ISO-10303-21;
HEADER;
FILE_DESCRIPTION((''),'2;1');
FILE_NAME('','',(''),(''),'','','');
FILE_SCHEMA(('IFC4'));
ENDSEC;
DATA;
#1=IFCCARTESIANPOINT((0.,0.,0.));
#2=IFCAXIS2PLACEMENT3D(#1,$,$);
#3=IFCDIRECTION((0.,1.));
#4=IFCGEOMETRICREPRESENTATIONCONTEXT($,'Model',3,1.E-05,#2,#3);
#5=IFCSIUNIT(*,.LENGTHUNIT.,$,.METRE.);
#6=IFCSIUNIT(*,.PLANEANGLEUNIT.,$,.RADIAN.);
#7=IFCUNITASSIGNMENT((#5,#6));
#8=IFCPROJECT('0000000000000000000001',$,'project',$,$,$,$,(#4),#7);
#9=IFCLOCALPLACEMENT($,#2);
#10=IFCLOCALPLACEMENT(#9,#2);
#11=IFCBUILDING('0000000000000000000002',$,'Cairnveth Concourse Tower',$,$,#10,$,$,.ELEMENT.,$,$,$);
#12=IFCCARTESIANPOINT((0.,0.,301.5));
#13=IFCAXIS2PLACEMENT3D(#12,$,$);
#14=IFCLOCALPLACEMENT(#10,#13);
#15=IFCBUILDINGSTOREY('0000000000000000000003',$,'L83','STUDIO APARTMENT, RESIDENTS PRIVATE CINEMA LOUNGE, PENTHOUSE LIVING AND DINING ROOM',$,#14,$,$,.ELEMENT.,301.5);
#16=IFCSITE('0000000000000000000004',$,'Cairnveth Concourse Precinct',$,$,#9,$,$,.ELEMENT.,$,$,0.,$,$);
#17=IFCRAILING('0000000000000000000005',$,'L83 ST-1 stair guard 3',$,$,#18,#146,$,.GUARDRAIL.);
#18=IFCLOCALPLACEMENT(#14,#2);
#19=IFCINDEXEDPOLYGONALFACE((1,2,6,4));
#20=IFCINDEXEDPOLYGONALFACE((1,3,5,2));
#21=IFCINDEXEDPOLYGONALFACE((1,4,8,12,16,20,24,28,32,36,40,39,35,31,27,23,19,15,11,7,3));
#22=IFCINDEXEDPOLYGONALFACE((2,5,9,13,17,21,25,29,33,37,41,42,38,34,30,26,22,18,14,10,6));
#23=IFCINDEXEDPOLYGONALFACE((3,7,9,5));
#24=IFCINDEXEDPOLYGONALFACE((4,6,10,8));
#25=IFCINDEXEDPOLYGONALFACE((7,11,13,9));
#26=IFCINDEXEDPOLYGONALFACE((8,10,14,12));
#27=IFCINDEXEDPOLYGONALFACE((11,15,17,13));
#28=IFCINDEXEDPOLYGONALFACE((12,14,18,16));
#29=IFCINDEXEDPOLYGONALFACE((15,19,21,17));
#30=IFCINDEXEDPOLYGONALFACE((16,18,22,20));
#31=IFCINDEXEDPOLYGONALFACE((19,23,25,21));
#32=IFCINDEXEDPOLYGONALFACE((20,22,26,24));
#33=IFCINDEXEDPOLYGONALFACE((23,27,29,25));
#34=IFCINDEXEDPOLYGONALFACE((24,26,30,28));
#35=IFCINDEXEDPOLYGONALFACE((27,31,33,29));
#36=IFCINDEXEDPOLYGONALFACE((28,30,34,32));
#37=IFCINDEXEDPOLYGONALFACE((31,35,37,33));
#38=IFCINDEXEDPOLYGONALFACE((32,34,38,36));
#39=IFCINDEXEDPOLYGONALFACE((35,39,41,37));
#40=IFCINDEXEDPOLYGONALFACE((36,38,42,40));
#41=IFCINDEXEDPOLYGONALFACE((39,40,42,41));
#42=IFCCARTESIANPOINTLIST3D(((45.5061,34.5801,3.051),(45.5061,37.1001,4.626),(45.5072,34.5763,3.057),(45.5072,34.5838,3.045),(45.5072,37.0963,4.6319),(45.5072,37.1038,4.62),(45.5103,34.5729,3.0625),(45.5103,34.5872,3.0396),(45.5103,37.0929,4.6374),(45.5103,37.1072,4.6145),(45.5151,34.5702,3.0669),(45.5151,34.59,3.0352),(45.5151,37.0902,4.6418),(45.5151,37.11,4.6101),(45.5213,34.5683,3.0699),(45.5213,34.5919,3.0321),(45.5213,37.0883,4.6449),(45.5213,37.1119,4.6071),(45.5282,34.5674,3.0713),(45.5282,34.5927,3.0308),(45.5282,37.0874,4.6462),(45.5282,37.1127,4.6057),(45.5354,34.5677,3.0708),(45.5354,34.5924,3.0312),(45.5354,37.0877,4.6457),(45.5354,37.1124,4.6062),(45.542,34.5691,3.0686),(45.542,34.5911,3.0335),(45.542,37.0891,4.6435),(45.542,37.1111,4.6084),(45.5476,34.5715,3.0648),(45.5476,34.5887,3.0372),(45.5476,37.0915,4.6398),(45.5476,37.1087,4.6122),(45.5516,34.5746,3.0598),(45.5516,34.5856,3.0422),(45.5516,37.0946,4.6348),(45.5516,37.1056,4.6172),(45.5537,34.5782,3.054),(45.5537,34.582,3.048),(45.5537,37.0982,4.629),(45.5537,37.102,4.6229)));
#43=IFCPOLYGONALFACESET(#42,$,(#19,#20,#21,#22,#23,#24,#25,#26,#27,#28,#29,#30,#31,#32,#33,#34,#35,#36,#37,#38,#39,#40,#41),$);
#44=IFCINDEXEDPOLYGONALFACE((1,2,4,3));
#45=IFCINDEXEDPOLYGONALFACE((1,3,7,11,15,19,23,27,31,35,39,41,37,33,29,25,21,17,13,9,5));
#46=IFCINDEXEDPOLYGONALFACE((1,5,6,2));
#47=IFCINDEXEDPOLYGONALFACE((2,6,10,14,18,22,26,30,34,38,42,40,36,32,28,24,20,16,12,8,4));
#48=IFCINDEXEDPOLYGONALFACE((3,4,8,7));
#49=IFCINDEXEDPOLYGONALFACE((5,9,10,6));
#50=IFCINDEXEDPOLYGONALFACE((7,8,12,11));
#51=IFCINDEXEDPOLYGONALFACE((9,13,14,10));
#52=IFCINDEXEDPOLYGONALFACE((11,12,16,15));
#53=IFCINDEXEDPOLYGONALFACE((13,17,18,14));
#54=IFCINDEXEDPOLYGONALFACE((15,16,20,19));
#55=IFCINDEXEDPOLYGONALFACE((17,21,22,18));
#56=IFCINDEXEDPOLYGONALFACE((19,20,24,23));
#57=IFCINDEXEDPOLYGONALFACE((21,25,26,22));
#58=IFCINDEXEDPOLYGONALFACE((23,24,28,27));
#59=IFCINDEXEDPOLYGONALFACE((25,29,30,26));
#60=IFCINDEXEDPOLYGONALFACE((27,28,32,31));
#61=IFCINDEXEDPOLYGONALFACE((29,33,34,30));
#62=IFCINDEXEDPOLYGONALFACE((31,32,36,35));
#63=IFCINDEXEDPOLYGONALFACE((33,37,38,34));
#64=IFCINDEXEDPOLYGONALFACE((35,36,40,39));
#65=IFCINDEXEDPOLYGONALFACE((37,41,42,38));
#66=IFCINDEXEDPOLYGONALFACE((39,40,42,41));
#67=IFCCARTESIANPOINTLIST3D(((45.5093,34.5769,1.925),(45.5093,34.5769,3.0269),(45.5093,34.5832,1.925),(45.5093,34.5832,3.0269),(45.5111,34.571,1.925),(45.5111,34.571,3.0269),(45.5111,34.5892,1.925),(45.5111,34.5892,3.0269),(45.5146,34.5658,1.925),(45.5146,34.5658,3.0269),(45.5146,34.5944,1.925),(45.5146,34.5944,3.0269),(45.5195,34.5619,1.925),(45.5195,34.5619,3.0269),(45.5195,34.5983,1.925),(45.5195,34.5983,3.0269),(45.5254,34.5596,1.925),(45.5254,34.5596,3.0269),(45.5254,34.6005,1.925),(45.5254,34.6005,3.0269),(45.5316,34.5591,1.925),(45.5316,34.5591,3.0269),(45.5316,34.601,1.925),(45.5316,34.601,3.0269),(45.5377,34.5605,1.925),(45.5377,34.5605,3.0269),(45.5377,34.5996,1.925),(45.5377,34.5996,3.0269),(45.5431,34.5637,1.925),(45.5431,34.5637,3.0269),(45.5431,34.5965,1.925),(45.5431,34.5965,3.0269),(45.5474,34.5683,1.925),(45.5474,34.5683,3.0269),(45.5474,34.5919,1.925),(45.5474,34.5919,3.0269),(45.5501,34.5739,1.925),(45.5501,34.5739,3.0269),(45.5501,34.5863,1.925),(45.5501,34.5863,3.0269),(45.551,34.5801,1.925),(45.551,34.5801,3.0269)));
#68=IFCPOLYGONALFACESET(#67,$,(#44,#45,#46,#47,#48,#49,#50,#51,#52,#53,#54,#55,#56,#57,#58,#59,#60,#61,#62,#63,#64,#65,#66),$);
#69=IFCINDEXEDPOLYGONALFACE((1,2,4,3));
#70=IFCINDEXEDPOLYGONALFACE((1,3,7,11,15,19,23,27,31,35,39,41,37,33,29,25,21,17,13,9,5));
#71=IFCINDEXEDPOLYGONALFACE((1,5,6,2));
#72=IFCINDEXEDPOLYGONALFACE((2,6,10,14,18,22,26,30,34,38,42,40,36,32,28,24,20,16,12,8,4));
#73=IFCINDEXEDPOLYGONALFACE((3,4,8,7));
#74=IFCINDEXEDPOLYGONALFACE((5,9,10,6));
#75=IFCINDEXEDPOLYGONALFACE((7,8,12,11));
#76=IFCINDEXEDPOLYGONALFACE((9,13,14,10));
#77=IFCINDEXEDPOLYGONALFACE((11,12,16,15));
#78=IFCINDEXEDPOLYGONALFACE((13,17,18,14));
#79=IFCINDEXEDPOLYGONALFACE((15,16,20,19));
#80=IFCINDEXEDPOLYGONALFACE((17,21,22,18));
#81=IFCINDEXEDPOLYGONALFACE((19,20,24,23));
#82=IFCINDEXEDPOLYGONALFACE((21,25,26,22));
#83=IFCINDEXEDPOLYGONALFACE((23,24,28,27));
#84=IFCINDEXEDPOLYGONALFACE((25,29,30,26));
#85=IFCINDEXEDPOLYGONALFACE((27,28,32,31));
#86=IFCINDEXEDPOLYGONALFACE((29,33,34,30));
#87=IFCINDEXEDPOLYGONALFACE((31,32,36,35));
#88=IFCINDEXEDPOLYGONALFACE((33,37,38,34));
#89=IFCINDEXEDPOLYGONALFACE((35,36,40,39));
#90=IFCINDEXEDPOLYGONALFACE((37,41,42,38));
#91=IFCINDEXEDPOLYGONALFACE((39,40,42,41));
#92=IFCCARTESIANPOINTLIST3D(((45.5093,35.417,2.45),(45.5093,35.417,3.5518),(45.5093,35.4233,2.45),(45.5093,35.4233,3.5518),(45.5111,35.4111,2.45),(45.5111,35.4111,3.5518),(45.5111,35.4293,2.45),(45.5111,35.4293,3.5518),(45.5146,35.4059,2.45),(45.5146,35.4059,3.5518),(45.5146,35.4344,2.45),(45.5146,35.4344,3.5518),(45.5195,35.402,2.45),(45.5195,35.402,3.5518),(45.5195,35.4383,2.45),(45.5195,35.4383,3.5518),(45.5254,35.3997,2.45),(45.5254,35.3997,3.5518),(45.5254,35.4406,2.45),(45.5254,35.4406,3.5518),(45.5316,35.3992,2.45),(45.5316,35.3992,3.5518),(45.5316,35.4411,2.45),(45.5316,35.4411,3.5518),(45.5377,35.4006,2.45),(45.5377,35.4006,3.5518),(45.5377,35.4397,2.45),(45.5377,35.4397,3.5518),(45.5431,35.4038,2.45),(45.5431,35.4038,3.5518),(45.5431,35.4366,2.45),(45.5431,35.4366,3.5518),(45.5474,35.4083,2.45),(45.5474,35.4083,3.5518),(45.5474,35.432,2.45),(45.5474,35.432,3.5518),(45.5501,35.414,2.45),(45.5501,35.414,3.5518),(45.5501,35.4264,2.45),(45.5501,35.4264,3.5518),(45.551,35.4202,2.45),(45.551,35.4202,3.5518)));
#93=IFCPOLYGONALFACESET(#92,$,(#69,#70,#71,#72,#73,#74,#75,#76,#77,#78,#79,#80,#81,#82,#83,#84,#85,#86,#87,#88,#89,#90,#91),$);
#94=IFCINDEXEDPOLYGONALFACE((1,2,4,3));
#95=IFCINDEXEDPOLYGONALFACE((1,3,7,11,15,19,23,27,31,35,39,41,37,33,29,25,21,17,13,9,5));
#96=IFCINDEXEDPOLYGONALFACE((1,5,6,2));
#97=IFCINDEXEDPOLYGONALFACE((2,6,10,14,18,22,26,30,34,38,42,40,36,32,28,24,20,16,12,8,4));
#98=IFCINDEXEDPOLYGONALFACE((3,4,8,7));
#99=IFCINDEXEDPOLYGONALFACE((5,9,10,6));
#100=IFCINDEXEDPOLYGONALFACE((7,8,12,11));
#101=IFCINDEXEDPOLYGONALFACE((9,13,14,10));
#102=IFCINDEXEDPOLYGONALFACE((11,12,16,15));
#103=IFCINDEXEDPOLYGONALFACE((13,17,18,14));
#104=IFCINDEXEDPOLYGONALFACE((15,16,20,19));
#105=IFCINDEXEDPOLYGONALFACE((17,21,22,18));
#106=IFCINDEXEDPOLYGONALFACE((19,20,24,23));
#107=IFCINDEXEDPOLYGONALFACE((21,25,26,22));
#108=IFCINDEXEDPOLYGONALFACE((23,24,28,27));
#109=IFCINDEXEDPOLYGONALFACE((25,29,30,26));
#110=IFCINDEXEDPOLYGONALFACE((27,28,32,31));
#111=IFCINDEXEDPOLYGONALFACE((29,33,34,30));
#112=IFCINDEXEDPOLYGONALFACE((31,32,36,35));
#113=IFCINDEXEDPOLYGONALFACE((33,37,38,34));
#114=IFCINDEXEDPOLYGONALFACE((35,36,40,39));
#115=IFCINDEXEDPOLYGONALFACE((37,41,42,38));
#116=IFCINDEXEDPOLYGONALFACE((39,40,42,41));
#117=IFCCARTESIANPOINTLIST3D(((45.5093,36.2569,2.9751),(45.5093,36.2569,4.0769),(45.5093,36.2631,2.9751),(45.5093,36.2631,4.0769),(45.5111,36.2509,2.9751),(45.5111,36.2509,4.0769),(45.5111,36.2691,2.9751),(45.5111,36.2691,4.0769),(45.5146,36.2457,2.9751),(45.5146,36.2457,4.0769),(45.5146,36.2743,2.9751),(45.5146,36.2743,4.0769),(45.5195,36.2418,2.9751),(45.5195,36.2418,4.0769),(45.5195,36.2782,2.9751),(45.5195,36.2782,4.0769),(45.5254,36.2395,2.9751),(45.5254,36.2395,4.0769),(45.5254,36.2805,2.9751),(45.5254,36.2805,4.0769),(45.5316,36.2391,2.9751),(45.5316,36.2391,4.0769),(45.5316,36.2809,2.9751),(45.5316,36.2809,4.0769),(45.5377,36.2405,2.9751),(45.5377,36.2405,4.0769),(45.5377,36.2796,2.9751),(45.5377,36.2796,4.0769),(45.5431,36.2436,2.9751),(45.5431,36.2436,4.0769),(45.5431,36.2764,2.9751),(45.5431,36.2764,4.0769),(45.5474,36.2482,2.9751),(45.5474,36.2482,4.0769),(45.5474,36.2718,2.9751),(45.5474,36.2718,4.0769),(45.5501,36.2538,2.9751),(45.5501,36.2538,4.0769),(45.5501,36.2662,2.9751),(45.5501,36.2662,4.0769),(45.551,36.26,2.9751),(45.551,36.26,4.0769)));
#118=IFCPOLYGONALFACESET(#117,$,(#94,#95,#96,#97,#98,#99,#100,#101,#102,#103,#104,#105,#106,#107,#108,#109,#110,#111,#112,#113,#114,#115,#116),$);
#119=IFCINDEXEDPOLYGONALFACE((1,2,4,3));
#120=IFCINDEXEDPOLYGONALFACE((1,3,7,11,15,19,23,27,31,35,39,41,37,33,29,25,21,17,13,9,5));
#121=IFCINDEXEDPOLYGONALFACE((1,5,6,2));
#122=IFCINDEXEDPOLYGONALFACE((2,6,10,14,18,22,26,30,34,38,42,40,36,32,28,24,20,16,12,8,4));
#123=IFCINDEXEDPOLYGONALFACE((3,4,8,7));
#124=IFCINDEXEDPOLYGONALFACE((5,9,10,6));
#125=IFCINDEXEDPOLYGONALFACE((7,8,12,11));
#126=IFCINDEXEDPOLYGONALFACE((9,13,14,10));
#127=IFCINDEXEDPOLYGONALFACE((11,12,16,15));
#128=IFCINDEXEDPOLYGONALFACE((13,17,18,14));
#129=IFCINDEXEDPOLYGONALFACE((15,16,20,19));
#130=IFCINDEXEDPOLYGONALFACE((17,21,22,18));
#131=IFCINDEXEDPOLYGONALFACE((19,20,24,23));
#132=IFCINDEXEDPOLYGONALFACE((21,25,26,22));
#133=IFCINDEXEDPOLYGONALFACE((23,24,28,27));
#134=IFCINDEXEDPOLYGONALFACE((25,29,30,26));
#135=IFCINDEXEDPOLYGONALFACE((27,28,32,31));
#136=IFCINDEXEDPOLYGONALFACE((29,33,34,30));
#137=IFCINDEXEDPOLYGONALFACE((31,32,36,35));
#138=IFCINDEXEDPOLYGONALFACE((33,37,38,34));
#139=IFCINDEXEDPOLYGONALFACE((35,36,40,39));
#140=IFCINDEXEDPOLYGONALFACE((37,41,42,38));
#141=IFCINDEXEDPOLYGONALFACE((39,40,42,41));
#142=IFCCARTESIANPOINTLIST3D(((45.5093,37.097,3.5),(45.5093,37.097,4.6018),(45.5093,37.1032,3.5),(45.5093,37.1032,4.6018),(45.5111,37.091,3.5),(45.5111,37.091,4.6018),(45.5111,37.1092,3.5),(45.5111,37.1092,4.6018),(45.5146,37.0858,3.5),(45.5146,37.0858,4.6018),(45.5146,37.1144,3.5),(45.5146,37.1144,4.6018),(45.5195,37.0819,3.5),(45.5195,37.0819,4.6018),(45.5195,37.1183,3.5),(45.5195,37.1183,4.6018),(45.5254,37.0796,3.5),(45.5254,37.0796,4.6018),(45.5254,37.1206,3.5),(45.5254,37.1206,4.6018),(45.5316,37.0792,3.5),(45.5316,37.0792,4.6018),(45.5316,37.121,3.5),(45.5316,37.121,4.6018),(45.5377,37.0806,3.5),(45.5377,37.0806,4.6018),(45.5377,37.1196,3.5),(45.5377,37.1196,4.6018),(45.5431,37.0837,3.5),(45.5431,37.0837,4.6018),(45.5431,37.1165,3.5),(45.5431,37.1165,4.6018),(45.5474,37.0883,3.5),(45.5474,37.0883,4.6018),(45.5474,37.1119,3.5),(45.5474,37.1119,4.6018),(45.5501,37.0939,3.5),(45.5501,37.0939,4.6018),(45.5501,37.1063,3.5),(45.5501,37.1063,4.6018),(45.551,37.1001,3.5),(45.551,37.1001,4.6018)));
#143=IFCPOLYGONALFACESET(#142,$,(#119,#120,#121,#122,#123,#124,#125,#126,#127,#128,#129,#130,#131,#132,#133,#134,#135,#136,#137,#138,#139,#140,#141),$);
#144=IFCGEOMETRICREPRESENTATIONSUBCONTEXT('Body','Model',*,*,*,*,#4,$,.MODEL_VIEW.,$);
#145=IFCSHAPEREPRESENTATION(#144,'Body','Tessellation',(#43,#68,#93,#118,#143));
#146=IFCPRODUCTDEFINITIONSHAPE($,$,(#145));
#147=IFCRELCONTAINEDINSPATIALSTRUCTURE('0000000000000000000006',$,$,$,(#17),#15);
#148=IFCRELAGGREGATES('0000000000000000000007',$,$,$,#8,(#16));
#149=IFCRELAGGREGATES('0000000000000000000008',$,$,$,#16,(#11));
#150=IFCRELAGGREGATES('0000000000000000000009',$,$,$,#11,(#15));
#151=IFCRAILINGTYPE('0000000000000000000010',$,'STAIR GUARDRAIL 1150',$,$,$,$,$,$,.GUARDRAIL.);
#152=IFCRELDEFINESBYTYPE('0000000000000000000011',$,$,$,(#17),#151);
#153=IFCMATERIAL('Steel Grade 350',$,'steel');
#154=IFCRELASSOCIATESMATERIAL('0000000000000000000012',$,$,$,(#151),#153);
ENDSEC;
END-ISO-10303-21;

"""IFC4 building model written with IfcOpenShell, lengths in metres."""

from ifc_helpers import new_model, si_unit, direction, frame, origin, origin_2d, place, context, subcontext, project, spatial, circle, extrude, material, type_object, element, save


model = new_model("IFC4")

# Units and contexts
model_context = context("Model", 3, precision=1e-05, world=origin(), true_north=direction((0.0, 1.0)))
body_context = subcontext(model_context, "Body", "Model", "MODEL_VIEW")
ifc_project = project(units=[si_unit("LENGTHUNIT", "METRE"), si_unit("PLANEANGLEUNIT", "RADIAN")], contexts=[model_context])

# Site, building, storey
site_placement = place(None, origin())
site = spatial("IfcSite", under=ifc_project, at=site_placement, Name="Cairnveth Concourse Precinct", CompositionType="ELEMENT", RefElevation=0.0)
building_placement = place(site_placement, origin())
building = spatial("IfcBuilding", under=site, at=building_placement, Name="Cairnveth Concourse Tower", CompositionType="ELEMENT")
storey_placement = place(building_placement, frame((0.0, 0.0, 301.5)))
storey = spatial("IfcBuildingStorey", under=building, at=storey_placement, Name="L83", Description="STUDIO APARTMENT, RESIDENTS PRIVATE CINEMA LOUNGE, PENTHOUSE LIVING AND DINING ROOM", CompositionType="ELEMENT", Elevation=301.5)

# Shared definitions
ifc_material_1 = material(Name="Steel Grade 350", Category="steel")

# Railing
railing_type_1 = type_object("IfcRailingType", Name="STAIR GUARDRAIL 1150", PredefinedType="GUARDRAIL", material=ifc_material_1)
railing_1_placement = place(storey_placement, frame((45.53, 34.5801, 1.925)))
element("IfcRailing", 1, at=railing_1_placement, inside=storey, type_object=railing_type_1, Name="L83 ST-1 stair guard 3", PredefinedType="GUARDRAIL", context=body_context, shape_type="SweptSolid", body=[
    extrude(circle(Radius=0.0239, at=origin_2d()), frame((0.0, 0.0, 1.126), z_axis=(0.0, 0.848008, 0.529984), x_axis=(-1.0, 0.0, 0.0)), (0.0, 0.0, 1.0), 2.9717),
    extrude(circle(Radius=0.021, at=origin_2d()), origin(), (0.0, 0.0, 1.0), 1.1018),
    extrude(circle(Radius=0.021, at=origin_2d()), frame((0.0, 0.8401, 0.5249)), (0.0, 0.0, 1.0), 1.1018),
    extrude(circle(Radius=0.021, at=origin_2d()), frame((0.0, 1.6799, 1.05)), (0.0, 0.0, 1.0), 1.1018),
    extrude(circle(Radius=0.021, at=origin_2d()), frame((0.0, 2.52, 1.575)), (0.0, 0.0, 1.0), 1.1018),
])

save(model, "model.ifc")
